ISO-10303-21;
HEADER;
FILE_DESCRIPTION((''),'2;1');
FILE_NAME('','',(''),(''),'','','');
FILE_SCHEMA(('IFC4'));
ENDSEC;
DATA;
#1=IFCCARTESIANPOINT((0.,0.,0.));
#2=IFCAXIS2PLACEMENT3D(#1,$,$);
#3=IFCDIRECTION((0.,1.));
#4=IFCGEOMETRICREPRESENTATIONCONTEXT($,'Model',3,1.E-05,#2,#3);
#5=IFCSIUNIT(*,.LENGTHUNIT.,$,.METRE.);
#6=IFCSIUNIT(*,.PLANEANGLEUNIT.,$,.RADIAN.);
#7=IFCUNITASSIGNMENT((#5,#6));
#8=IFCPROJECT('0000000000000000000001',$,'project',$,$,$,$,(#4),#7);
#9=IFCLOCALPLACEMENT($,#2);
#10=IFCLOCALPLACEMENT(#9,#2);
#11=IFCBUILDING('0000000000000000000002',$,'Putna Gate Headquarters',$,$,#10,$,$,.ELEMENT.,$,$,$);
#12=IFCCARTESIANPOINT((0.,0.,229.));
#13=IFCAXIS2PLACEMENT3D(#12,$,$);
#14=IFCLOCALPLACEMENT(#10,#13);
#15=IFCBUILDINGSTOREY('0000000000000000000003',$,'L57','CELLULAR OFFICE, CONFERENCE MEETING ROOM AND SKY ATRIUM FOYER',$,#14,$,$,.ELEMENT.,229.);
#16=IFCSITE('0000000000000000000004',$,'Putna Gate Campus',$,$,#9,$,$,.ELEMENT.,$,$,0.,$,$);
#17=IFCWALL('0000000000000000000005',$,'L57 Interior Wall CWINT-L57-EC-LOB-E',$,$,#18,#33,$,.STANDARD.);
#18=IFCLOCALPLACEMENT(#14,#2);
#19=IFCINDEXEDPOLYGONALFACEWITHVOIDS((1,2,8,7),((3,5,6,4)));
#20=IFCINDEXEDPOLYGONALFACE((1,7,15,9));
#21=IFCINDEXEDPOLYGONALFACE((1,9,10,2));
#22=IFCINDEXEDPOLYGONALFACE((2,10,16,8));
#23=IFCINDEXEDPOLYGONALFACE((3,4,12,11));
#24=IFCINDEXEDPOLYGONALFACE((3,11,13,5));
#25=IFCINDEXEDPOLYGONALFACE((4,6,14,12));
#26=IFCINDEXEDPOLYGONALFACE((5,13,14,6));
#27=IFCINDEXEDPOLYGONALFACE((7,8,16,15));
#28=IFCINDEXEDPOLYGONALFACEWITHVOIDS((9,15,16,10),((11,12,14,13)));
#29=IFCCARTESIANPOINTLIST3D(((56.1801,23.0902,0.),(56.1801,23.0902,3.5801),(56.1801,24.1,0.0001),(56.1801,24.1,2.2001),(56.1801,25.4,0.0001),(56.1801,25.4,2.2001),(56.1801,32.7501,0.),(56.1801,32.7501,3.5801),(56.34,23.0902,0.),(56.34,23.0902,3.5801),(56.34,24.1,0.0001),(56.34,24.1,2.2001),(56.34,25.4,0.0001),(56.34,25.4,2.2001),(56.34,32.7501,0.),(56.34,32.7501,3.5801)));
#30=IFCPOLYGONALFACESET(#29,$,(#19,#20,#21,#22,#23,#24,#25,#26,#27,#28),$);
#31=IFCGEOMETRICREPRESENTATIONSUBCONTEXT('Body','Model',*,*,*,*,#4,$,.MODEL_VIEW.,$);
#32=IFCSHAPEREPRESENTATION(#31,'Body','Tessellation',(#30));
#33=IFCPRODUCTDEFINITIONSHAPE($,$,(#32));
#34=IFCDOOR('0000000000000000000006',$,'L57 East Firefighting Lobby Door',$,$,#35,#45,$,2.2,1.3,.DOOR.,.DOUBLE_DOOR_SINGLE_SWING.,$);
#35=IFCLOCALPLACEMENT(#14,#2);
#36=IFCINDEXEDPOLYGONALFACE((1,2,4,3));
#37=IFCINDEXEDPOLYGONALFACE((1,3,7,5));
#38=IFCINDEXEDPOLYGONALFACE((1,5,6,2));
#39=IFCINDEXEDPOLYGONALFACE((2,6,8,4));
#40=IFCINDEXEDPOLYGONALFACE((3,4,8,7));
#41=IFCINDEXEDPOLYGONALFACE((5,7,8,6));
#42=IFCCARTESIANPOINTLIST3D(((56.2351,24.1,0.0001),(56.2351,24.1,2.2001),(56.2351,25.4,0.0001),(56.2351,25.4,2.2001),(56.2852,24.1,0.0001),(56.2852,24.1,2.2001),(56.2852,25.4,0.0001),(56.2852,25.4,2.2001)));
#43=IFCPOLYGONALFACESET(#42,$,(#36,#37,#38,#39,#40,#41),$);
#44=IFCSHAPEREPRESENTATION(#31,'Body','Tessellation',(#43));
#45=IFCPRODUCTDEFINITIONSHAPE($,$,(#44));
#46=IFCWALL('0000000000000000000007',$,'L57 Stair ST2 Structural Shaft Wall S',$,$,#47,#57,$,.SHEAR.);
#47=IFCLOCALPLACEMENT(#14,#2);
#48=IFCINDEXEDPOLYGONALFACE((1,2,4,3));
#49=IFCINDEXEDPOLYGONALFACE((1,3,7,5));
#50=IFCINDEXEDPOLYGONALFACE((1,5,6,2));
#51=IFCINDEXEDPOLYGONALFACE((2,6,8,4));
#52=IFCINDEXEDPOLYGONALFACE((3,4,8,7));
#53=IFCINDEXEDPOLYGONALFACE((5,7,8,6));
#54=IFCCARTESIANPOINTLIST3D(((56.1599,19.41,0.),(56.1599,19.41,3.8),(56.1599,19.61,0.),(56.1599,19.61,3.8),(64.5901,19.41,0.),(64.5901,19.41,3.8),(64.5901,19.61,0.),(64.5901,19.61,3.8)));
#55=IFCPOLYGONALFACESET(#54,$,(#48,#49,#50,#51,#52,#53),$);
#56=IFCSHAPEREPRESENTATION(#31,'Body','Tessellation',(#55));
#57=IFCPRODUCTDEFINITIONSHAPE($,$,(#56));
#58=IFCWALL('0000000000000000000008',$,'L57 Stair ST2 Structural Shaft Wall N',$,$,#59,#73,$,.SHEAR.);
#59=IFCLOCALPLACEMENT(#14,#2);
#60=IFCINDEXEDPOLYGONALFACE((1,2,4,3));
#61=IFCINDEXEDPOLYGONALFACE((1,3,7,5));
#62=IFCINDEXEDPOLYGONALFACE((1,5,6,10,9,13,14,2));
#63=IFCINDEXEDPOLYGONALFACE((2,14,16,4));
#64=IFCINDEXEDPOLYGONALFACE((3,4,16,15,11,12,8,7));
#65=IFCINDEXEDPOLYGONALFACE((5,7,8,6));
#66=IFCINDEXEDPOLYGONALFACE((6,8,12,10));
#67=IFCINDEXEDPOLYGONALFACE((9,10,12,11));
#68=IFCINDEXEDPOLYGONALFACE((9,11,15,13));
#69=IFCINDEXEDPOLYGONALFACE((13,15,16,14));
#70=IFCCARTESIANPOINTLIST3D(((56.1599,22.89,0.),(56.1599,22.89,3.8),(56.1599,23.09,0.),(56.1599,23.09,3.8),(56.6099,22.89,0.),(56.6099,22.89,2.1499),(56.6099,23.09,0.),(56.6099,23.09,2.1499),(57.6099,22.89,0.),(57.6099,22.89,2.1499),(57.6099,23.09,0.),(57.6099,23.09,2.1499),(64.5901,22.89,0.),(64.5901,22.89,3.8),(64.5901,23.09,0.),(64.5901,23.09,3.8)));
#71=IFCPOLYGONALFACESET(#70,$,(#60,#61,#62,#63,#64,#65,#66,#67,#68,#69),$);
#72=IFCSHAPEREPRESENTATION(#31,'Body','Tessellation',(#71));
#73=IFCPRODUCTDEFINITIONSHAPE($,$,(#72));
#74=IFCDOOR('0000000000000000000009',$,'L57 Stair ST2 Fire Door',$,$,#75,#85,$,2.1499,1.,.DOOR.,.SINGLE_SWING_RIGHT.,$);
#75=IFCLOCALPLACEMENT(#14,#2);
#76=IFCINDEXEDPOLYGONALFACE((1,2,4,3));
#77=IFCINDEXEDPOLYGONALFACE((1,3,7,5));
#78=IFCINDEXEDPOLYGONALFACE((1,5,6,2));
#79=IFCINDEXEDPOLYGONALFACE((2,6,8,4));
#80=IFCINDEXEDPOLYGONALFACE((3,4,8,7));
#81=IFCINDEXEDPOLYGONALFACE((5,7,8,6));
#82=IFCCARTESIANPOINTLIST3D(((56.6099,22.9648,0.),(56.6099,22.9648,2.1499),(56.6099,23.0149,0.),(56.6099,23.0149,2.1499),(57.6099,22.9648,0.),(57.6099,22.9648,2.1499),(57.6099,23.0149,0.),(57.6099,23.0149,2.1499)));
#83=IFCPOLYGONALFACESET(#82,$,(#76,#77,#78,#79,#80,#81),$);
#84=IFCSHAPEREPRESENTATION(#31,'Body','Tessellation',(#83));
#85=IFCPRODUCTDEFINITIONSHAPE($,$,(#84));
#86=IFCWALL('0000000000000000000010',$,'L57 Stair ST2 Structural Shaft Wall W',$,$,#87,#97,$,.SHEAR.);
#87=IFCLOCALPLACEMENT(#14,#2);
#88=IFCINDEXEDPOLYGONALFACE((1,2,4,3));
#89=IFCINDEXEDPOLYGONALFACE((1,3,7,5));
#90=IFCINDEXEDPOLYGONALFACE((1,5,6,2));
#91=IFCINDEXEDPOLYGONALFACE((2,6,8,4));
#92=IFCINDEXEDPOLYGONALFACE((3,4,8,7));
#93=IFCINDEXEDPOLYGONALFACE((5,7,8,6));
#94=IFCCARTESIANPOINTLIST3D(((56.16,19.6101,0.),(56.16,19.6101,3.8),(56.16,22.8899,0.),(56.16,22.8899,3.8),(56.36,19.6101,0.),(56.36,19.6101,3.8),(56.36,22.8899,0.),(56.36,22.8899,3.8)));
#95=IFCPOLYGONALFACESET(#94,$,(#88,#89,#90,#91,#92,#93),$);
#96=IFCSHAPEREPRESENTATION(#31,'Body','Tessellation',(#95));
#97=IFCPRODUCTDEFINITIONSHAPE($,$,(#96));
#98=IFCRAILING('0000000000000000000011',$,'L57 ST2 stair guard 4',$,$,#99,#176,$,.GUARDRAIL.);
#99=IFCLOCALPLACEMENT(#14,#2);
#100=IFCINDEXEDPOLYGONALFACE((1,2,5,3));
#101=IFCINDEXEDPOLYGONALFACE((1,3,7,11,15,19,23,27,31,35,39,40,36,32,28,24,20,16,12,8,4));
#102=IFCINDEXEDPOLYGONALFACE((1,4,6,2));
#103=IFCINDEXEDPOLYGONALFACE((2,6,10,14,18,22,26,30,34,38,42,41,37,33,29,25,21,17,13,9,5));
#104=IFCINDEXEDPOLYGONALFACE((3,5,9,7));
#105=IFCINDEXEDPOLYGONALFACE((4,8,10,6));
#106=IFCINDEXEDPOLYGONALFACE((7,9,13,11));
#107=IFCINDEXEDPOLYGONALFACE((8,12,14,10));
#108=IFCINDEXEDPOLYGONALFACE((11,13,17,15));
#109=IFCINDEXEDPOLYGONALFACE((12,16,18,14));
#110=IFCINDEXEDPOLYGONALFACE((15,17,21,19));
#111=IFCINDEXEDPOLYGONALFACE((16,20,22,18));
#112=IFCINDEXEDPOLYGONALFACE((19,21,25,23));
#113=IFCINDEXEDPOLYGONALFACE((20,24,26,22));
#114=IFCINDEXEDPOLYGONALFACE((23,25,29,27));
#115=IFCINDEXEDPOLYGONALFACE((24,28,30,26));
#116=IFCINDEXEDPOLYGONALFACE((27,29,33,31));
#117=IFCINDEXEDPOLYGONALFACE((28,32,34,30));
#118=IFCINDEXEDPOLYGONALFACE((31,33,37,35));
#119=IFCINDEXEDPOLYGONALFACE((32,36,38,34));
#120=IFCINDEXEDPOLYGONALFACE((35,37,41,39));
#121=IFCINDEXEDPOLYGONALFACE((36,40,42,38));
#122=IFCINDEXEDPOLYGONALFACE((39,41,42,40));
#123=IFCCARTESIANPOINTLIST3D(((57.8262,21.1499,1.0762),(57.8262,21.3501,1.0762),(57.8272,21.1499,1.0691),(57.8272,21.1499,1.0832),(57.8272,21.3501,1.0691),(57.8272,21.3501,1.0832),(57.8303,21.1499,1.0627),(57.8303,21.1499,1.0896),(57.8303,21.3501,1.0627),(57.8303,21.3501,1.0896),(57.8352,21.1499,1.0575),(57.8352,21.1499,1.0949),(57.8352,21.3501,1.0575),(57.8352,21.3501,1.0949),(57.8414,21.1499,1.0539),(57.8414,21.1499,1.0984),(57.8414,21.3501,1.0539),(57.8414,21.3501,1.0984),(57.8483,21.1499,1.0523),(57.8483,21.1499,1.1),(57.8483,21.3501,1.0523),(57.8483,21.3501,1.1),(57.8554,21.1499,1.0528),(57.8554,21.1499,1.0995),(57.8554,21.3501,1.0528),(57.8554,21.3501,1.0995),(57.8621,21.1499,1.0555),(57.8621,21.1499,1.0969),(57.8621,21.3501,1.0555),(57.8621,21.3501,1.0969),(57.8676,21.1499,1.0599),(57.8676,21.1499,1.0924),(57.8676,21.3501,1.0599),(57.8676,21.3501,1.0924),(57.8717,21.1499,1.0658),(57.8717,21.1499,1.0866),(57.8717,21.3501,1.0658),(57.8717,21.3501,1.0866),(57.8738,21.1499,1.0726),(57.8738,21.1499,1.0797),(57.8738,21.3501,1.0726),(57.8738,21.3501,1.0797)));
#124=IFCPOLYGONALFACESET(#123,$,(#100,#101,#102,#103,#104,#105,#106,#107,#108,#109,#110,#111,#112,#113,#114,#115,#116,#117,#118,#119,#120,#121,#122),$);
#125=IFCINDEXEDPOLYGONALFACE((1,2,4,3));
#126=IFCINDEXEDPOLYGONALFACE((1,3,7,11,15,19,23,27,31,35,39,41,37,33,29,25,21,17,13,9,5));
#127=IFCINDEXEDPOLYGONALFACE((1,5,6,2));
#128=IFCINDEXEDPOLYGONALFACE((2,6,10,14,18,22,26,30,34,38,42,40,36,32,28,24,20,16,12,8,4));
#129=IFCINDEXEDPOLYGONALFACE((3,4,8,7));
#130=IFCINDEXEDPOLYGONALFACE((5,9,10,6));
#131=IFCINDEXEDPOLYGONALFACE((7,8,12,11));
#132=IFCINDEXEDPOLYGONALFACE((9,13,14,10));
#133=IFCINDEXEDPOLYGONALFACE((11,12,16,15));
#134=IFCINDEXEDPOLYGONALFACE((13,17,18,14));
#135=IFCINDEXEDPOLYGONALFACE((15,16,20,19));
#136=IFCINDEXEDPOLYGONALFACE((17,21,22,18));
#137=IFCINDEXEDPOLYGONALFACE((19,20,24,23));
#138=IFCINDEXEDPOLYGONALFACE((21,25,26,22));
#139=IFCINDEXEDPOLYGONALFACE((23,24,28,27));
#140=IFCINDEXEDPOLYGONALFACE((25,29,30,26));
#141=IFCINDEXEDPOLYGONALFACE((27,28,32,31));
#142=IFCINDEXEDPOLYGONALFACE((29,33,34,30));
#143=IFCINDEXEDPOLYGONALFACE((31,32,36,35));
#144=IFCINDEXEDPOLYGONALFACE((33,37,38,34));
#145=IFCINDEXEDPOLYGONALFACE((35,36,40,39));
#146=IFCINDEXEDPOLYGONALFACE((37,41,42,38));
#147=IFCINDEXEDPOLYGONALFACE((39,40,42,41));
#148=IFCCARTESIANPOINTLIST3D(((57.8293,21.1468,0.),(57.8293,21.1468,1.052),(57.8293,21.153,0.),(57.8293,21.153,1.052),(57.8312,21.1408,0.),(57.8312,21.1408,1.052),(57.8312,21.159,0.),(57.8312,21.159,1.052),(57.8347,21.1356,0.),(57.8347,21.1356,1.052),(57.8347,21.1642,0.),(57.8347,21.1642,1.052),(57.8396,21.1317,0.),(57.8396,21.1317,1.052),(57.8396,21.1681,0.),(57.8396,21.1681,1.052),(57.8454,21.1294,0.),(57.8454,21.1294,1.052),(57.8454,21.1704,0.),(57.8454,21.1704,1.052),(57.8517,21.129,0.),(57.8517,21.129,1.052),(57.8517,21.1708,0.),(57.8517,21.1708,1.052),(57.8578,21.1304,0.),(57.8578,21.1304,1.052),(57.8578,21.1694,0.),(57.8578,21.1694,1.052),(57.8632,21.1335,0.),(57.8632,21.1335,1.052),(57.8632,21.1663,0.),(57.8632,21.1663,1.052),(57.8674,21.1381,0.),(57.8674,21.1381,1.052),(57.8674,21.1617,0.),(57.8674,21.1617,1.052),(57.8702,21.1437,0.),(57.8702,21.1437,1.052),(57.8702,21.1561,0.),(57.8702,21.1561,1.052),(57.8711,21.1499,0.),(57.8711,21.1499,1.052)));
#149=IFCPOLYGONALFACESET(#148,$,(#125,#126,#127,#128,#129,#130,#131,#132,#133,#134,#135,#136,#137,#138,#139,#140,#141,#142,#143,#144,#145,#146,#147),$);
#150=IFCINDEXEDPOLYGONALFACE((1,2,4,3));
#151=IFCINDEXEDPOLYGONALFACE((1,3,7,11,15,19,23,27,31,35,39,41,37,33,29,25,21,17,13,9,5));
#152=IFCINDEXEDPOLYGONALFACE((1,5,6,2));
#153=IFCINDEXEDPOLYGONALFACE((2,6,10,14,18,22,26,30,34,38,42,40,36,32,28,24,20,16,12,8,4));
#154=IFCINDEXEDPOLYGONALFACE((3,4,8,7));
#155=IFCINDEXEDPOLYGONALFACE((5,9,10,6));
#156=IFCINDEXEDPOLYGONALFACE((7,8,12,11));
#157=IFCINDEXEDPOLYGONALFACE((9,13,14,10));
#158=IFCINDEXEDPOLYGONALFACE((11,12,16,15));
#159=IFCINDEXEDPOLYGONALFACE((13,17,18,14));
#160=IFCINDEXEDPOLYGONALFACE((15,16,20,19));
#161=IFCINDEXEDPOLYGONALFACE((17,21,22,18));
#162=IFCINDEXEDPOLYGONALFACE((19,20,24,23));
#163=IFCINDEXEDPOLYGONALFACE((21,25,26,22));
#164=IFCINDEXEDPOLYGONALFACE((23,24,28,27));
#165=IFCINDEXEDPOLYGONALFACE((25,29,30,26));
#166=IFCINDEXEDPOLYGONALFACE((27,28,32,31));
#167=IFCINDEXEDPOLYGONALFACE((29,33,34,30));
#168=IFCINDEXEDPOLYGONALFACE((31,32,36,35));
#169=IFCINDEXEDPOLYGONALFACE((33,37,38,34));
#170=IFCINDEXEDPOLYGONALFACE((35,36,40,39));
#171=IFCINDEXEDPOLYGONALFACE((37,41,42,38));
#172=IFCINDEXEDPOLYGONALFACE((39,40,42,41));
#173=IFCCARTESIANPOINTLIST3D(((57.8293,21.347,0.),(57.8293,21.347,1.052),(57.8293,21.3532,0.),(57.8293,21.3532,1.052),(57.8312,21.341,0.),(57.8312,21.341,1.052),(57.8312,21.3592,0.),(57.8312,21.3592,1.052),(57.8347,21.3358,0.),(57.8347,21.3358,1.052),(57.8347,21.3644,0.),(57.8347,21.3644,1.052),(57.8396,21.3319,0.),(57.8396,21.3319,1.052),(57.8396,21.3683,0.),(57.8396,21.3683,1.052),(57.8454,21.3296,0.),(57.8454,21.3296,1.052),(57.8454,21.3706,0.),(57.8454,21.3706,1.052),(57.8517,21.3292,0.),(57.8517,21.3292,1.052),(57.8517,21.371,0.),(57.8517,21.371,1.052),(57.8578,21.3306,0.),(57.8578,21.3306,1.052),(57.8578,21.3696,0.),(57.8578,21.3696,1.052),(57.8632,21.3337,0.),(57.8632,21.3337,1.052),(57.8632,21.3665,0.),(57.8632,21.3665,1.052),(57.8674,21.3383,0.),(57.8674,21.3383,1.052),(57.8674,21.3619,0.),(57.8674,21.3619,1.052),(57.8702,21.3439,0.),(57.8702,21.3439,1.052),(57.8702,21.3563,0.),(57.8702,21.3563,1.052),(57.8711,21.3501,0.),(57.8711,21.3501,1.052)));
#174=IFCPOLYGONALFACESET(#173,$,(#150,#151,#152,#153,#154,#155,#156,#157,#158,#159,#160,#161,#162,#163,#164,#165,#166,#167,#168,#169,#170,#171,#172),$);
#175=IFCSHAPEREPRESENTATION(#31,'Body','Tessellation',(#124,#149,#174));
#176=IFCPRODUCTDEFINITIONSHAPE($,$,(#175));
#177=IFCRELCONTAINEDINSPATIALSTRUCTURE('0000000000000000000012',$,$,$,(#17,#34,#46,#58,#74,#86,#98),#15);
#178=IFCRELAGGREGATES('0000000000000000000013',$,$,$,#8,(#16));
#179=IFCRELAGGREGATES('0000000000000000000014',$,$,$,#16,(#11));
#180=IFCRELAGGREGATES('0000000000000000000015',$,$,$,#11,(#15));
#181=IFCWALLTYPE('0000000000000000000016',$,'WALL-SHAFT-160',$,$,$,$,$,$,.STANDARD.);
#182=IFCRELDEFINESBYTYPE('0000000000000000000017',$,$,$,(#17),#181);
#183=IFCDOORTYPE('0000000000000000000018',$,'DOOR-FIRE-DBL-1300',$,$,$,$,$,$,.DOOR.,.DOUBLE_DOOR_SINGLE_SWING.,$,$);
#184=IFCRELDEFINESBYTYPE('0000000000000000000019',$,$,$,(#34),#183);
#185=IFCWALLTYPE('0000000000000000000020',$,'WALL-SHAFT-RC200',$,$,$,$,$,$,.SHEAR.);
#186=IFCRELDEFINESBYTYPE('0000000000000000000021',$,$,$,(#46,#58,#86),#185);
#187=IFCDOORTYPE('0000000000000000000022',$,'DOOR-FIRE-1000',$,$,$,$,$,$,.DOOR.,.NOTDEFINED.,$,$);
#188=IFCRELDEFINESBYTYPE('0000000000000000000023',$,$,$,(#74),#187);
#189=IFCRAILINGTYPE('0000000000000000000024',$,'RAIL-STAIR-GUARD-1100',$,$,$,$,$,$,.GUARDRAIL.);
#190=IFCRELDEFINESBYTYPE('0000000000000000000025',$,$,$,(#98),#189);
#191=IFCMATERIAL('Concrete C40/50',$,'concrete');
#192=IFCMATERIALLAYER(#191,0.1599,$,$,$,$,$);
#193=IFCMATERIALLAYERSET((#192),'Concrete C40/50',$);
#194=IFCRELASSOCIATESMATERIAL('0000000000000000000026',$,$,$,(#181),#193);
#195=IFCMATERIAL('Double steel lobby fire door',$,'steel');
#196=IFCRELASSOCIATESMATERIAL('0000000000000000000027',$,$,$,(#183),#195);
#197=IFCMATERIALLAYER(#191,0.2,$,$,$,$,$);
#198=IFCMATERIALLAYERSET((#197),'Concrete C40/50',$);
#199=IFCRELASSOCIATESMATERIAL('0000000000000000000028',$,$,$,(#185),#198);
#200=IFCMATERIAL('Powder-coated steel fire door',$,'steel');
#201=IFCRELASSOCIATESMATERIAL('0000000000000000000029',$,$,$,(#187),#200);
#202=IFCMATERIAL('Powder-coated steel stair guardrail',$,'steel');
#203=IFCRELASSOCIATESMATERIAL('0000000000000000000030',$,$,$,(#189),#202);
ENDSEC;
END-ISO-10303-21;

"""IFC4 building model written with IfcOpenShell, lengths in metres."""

from ifc_helpers import new_model, si_unit, direction, frame, frame_2d, origin, origin_2d, place, context, subcontext, project, spatial, rectangle, circle, extrude, material, layer, layer_set, type_object, element, fill, save


model = new_model("IFC4")

# Units and contexts
model_context = context("Model", 3, precision=1e-05, world=origin(), true_north=direction((0.0, 1.0)))
body_context = subcontext(model_context, "Body", "Model", "MODEL_VIEW")
ifc_project = project(units=[si_unit("LENGTHUNIT", "METRE"), si_unit("PLANEANGLEUNIT", "RADIAN")], contexts=[model_context])

# Site, building, storey
site_placement = place(None, origin())
site = spatial("IfcSite", under=ifc_project, at=site_placement, Name="Putna Gate Campus", CompositionType="ELEMENT", RefElevation=0.0)
building_placement = place(site_placement, origin())
building = spatial("IfcBuilding", under=site, at=building_placement, Name="Putna Gate Headquarters", CompositionType="ELEMENT")
storey_placement = place(building_placement, frame((0.0, 0.0, 229.0)))
storey = spatial("IfcBuildingStorey", under=building, at=storey_placement, Name="L57", Description="CELLULAR OFFICE, CONFERENCE MEETING ROOM AND SKY ATRIUM FOYER", CompositionType="ELEMENT", Elevation=229.0)

# Shared definitions
ifc_material_1 = material(Name="Concrete C40/50", Category="concrete")
ifc_layer_1 = layer(ifc_material_1, 0.1599)
ifc_layer_set_1 = layer_set([ifc_layer_1], Name="Concrete C40/50")
wall_type_1 = type_object("IfcWallType", Name="WALL-SHAFT-160", PredefinedType="STANDARD", material=ifc_layer_set_1)

# Wall, opening, door
wall_1_placement = place(storey_placement, frame((56.26, 23.0901, 0.0), z_axis=(0.0, 0.0, 1.0), x_axis=(0.0, 1.0, 0.0)))
wall_1 = element("IfcWall", 1, at=wall_1_placement, inside=storey, type_object=wall_type_1, Name="L57 Interior Wall CWINT-L57-EC-LOB-E", PredefinedType="STANDARD", context=body_context, shape_type="SweptSolid", body=[
    extrude(rectangle(XDim=9.6599, YDim=0.1599, at=frame_2d((4.8301, 0.0))), origin(), (0.0, 0.0, 1.0), 3.5801),
])
opening_1_placement = place(wall_1_placement, frame((1.01, 0.0, 0.0)))
opening_1 = element("IfcOpeningElement", 2, at=opening_1_placement, cuts=wall_1, PredefinedType="OPENING", context=body_context, shape_type="SweptSolid", body=[
    extrude(rectangle(XDim=1.3, YDim=2.2, at=frame_2d((0.6499, 1.1001))), frame((0.0, 0.0898, 0.0), z_axis=(0.0, -1.0, 0.0), x_axis=(1.0, 0.0, 0.0)), (0.0, 0.0, 1.0), 0.1799),
])
ifc_material_2 = material(Name="Double steel lobby fire door", Category="steel")
door_type_1 = type_object("IfcDoorType", Name="DOOR-FIRE-DBL-1300", OperationType="DOUBLE_DOOR_SINGLE_SWING", PredefinedType="DOOR", material=ifc_material_2)
door_1_placement = place(opening_1_placement, origin())
door_1 = element("IfcDoor", 3, at=door_1_placement, inside=storey, type_object=door_type_1, Name="L57 East Firefighting Lobby Door", OperationType="DOUBLE_DOOR_SINGLE_SWING", OverallHeight=2.2, OverallWidth=1.3, PredefinedType="DOOR", context=body_context, shape_type="SweptSolid", body=[
    extrude(rectangle(XDim=1.3, YDim=2.2, at=frame_2d((0.6499, 1.1001))), frame((0.0, 0.0249, 0.0), z_axis=(0.0, -1.0, 0.0), x_axis=(1.0, 0.0, 0.0)), (0.0, 0.0, 1.0), 0.05),
])
fill(opening_1, door_1)

# Wall
ifc_layer_2 = layer(ifc_material_1, 0.2)
ifc_layer_set_2 = layer_set([ifc_layer_2], Name="Concrete C40/50")
wall_type_2 = type_object("IfcWallType", Name="WALL-SHAFT-RC200", PredefinedType="SHEAR", material=ifc_layer_set_2)
wall_2_placement = place(storey_placement, frame((56.1599, 19.51, 0.0), z_axis=(0.0, 0.0, 1.0), x_axis=(1.0, 0.0, 0.0)))
element("IfcWall", 4, at=wall_2_placement, inside=storey, type_object=wall_type_2, Name="L57 Stair ST2 Structural Shaft Wall S", PredefinedType="SHEAR", context=body_context, shape_type="SweptSolid", body=[
    extrude(rectangle(XDim=8.4302, YDim=0.2, at=frame_2d((4.2151, 0.0))), origin(), (0.0, 0.0, 1.0), 3.8),
])

# Wall, opening, door
wall_3_placement = place(storey_placement, frame((56.1599, 22.99, 0.0), z_axis=(0.0, 0.0, 1.0), x_axis=(1.0, 0.0, 0.0)))
wall_3 = element("IfcWall", 5, at=wall_3_placement, inside=storey, type_object=wall_type_2, Name="L57 Stair ST2 Structural Shaft Wall N", PredefinedType="SHEAR", context=body_context, shape_type="SweptSolid", body=[
    extrude(rectangle(XDim=8.4302, YDim=0.2, at=frame_2d((4.2151, 0.0))), origin(), (0.0, 0.0, 1.0), 3.8),
])
opening_2_placement = place(wall_3_placement, frame((0.45, 0.0, 0.0)))
opening_2 = element("IfcOpeningElement", 6, at=opening_2_placement, cuts=wall_3, PredefinedType="OPENING", context=body_context, shape_type="SweptSolid", body=[
    extrude(rectangle(XDim=1.0, YDim=2.1499, at=frame_2d((0.5, 1.075))), frame((0.0, 0.1099, 0.0), z_axis=(0.0, -1.0, 0.0), x_axis=(1.0, 0.0, 0.0)), (0.0, 0.0, 1.0), 0.22),
])
ifc_material_3 = material(Name="Powder-coated steel fire door", Category="steel")
door_type_2 = type_object("IfcDoorType", Name="DOOR-FIRE-1000", OperationType="NOTDEFINED", PredefinedType="DOOR", material=ifc_material_3)
door_2_placement = place(opening_2_placement, origin())
door_2 = element("IfcDoor", 7, at=door_2_placement, inside=storey, type_object=door_type_2, Name="L57 Stair ST2 Fire Door", OperationType="SINGLE_SWING_RIGHT", OverallHeight=2.1499, OverallWidth=1.0, PredefinedType="DOOR", context=body_context, shape_type="SweptSolid", body=[
    extrude(rectangle(XDim=1.0, YDim=2.1499, at=frame_2d((0.5, 1.075))), frame((0.0, 0.0249, 0.0), z_axis=(0.0, -1.0, 0.0), x_axis=(1.0, 0.0, 0.0)), (0.0, 0.0, 1.0), 0.05),
])
fill(opening_2, door_2)

# Wall
wall_4_placement = place(storey_placement, frame((56.26, 19.6101, 0.0), z_axis=(0.0, 0.0, 1.0), x_axis=(0.0, 1.0, 0.0)))
element("IfcWall", 8, at=wall_4_placement, inside=storey, type_object=wall_type_2, Name="L57 Stair ST2 Structural Shaft Wall W", PredefinedType="SHEAR", context=body_context, shape_type="SweptSolid", body=[
    extrude(rectangle(XDim=3.2798, YDim=0.2, at=frame_2d((1.6399, 0.0))), origin(), (0.0, 0.0, 1.0), 3.8),
])

# Railing
ifc_material_4 = material(Name="Powder-coated steel stair guardrail", Category="steel")
railing_type_1 = type_object("IfcRailingType", Name="RAIL-STAIR-GUARD-1100", PredefinedType="GUARDRAIL", material=ifc_material_4)
railing_1_placement = place(storey_placement, frame((57.8501, 21.1499, 0.0)))
element("IfcRailing", 9, at=railing_1_placement, inside=storey, type_object=railing_type_1, Name="L57 ST2 stair guard 4", PredefinedType="GUARDRAIL", context=body_context, shape_type="SweptSolid", body=[
    extrude(circle(Radius=0.0239, at=origin_2d()), frame((0.0, 0.0, 1.0762), z_axis=(0.0, 1.0, 0.0), x_axis=(-1.0, 0.0, 0.0)), (0.0, 0.0, 1.0), 0.2002),
    extrude(circle(Radius=0.021, at=origin_2d()), origin(), (0.0, 0.0, 1.0), 1.052),
    extrude(circle(Radius=0.021, at=origin_2d()), frame((0.0, 0.2002, 0.0)), (0.0, 0.0, 1.0), 1.052),
])

save(model, "model.ifc")
